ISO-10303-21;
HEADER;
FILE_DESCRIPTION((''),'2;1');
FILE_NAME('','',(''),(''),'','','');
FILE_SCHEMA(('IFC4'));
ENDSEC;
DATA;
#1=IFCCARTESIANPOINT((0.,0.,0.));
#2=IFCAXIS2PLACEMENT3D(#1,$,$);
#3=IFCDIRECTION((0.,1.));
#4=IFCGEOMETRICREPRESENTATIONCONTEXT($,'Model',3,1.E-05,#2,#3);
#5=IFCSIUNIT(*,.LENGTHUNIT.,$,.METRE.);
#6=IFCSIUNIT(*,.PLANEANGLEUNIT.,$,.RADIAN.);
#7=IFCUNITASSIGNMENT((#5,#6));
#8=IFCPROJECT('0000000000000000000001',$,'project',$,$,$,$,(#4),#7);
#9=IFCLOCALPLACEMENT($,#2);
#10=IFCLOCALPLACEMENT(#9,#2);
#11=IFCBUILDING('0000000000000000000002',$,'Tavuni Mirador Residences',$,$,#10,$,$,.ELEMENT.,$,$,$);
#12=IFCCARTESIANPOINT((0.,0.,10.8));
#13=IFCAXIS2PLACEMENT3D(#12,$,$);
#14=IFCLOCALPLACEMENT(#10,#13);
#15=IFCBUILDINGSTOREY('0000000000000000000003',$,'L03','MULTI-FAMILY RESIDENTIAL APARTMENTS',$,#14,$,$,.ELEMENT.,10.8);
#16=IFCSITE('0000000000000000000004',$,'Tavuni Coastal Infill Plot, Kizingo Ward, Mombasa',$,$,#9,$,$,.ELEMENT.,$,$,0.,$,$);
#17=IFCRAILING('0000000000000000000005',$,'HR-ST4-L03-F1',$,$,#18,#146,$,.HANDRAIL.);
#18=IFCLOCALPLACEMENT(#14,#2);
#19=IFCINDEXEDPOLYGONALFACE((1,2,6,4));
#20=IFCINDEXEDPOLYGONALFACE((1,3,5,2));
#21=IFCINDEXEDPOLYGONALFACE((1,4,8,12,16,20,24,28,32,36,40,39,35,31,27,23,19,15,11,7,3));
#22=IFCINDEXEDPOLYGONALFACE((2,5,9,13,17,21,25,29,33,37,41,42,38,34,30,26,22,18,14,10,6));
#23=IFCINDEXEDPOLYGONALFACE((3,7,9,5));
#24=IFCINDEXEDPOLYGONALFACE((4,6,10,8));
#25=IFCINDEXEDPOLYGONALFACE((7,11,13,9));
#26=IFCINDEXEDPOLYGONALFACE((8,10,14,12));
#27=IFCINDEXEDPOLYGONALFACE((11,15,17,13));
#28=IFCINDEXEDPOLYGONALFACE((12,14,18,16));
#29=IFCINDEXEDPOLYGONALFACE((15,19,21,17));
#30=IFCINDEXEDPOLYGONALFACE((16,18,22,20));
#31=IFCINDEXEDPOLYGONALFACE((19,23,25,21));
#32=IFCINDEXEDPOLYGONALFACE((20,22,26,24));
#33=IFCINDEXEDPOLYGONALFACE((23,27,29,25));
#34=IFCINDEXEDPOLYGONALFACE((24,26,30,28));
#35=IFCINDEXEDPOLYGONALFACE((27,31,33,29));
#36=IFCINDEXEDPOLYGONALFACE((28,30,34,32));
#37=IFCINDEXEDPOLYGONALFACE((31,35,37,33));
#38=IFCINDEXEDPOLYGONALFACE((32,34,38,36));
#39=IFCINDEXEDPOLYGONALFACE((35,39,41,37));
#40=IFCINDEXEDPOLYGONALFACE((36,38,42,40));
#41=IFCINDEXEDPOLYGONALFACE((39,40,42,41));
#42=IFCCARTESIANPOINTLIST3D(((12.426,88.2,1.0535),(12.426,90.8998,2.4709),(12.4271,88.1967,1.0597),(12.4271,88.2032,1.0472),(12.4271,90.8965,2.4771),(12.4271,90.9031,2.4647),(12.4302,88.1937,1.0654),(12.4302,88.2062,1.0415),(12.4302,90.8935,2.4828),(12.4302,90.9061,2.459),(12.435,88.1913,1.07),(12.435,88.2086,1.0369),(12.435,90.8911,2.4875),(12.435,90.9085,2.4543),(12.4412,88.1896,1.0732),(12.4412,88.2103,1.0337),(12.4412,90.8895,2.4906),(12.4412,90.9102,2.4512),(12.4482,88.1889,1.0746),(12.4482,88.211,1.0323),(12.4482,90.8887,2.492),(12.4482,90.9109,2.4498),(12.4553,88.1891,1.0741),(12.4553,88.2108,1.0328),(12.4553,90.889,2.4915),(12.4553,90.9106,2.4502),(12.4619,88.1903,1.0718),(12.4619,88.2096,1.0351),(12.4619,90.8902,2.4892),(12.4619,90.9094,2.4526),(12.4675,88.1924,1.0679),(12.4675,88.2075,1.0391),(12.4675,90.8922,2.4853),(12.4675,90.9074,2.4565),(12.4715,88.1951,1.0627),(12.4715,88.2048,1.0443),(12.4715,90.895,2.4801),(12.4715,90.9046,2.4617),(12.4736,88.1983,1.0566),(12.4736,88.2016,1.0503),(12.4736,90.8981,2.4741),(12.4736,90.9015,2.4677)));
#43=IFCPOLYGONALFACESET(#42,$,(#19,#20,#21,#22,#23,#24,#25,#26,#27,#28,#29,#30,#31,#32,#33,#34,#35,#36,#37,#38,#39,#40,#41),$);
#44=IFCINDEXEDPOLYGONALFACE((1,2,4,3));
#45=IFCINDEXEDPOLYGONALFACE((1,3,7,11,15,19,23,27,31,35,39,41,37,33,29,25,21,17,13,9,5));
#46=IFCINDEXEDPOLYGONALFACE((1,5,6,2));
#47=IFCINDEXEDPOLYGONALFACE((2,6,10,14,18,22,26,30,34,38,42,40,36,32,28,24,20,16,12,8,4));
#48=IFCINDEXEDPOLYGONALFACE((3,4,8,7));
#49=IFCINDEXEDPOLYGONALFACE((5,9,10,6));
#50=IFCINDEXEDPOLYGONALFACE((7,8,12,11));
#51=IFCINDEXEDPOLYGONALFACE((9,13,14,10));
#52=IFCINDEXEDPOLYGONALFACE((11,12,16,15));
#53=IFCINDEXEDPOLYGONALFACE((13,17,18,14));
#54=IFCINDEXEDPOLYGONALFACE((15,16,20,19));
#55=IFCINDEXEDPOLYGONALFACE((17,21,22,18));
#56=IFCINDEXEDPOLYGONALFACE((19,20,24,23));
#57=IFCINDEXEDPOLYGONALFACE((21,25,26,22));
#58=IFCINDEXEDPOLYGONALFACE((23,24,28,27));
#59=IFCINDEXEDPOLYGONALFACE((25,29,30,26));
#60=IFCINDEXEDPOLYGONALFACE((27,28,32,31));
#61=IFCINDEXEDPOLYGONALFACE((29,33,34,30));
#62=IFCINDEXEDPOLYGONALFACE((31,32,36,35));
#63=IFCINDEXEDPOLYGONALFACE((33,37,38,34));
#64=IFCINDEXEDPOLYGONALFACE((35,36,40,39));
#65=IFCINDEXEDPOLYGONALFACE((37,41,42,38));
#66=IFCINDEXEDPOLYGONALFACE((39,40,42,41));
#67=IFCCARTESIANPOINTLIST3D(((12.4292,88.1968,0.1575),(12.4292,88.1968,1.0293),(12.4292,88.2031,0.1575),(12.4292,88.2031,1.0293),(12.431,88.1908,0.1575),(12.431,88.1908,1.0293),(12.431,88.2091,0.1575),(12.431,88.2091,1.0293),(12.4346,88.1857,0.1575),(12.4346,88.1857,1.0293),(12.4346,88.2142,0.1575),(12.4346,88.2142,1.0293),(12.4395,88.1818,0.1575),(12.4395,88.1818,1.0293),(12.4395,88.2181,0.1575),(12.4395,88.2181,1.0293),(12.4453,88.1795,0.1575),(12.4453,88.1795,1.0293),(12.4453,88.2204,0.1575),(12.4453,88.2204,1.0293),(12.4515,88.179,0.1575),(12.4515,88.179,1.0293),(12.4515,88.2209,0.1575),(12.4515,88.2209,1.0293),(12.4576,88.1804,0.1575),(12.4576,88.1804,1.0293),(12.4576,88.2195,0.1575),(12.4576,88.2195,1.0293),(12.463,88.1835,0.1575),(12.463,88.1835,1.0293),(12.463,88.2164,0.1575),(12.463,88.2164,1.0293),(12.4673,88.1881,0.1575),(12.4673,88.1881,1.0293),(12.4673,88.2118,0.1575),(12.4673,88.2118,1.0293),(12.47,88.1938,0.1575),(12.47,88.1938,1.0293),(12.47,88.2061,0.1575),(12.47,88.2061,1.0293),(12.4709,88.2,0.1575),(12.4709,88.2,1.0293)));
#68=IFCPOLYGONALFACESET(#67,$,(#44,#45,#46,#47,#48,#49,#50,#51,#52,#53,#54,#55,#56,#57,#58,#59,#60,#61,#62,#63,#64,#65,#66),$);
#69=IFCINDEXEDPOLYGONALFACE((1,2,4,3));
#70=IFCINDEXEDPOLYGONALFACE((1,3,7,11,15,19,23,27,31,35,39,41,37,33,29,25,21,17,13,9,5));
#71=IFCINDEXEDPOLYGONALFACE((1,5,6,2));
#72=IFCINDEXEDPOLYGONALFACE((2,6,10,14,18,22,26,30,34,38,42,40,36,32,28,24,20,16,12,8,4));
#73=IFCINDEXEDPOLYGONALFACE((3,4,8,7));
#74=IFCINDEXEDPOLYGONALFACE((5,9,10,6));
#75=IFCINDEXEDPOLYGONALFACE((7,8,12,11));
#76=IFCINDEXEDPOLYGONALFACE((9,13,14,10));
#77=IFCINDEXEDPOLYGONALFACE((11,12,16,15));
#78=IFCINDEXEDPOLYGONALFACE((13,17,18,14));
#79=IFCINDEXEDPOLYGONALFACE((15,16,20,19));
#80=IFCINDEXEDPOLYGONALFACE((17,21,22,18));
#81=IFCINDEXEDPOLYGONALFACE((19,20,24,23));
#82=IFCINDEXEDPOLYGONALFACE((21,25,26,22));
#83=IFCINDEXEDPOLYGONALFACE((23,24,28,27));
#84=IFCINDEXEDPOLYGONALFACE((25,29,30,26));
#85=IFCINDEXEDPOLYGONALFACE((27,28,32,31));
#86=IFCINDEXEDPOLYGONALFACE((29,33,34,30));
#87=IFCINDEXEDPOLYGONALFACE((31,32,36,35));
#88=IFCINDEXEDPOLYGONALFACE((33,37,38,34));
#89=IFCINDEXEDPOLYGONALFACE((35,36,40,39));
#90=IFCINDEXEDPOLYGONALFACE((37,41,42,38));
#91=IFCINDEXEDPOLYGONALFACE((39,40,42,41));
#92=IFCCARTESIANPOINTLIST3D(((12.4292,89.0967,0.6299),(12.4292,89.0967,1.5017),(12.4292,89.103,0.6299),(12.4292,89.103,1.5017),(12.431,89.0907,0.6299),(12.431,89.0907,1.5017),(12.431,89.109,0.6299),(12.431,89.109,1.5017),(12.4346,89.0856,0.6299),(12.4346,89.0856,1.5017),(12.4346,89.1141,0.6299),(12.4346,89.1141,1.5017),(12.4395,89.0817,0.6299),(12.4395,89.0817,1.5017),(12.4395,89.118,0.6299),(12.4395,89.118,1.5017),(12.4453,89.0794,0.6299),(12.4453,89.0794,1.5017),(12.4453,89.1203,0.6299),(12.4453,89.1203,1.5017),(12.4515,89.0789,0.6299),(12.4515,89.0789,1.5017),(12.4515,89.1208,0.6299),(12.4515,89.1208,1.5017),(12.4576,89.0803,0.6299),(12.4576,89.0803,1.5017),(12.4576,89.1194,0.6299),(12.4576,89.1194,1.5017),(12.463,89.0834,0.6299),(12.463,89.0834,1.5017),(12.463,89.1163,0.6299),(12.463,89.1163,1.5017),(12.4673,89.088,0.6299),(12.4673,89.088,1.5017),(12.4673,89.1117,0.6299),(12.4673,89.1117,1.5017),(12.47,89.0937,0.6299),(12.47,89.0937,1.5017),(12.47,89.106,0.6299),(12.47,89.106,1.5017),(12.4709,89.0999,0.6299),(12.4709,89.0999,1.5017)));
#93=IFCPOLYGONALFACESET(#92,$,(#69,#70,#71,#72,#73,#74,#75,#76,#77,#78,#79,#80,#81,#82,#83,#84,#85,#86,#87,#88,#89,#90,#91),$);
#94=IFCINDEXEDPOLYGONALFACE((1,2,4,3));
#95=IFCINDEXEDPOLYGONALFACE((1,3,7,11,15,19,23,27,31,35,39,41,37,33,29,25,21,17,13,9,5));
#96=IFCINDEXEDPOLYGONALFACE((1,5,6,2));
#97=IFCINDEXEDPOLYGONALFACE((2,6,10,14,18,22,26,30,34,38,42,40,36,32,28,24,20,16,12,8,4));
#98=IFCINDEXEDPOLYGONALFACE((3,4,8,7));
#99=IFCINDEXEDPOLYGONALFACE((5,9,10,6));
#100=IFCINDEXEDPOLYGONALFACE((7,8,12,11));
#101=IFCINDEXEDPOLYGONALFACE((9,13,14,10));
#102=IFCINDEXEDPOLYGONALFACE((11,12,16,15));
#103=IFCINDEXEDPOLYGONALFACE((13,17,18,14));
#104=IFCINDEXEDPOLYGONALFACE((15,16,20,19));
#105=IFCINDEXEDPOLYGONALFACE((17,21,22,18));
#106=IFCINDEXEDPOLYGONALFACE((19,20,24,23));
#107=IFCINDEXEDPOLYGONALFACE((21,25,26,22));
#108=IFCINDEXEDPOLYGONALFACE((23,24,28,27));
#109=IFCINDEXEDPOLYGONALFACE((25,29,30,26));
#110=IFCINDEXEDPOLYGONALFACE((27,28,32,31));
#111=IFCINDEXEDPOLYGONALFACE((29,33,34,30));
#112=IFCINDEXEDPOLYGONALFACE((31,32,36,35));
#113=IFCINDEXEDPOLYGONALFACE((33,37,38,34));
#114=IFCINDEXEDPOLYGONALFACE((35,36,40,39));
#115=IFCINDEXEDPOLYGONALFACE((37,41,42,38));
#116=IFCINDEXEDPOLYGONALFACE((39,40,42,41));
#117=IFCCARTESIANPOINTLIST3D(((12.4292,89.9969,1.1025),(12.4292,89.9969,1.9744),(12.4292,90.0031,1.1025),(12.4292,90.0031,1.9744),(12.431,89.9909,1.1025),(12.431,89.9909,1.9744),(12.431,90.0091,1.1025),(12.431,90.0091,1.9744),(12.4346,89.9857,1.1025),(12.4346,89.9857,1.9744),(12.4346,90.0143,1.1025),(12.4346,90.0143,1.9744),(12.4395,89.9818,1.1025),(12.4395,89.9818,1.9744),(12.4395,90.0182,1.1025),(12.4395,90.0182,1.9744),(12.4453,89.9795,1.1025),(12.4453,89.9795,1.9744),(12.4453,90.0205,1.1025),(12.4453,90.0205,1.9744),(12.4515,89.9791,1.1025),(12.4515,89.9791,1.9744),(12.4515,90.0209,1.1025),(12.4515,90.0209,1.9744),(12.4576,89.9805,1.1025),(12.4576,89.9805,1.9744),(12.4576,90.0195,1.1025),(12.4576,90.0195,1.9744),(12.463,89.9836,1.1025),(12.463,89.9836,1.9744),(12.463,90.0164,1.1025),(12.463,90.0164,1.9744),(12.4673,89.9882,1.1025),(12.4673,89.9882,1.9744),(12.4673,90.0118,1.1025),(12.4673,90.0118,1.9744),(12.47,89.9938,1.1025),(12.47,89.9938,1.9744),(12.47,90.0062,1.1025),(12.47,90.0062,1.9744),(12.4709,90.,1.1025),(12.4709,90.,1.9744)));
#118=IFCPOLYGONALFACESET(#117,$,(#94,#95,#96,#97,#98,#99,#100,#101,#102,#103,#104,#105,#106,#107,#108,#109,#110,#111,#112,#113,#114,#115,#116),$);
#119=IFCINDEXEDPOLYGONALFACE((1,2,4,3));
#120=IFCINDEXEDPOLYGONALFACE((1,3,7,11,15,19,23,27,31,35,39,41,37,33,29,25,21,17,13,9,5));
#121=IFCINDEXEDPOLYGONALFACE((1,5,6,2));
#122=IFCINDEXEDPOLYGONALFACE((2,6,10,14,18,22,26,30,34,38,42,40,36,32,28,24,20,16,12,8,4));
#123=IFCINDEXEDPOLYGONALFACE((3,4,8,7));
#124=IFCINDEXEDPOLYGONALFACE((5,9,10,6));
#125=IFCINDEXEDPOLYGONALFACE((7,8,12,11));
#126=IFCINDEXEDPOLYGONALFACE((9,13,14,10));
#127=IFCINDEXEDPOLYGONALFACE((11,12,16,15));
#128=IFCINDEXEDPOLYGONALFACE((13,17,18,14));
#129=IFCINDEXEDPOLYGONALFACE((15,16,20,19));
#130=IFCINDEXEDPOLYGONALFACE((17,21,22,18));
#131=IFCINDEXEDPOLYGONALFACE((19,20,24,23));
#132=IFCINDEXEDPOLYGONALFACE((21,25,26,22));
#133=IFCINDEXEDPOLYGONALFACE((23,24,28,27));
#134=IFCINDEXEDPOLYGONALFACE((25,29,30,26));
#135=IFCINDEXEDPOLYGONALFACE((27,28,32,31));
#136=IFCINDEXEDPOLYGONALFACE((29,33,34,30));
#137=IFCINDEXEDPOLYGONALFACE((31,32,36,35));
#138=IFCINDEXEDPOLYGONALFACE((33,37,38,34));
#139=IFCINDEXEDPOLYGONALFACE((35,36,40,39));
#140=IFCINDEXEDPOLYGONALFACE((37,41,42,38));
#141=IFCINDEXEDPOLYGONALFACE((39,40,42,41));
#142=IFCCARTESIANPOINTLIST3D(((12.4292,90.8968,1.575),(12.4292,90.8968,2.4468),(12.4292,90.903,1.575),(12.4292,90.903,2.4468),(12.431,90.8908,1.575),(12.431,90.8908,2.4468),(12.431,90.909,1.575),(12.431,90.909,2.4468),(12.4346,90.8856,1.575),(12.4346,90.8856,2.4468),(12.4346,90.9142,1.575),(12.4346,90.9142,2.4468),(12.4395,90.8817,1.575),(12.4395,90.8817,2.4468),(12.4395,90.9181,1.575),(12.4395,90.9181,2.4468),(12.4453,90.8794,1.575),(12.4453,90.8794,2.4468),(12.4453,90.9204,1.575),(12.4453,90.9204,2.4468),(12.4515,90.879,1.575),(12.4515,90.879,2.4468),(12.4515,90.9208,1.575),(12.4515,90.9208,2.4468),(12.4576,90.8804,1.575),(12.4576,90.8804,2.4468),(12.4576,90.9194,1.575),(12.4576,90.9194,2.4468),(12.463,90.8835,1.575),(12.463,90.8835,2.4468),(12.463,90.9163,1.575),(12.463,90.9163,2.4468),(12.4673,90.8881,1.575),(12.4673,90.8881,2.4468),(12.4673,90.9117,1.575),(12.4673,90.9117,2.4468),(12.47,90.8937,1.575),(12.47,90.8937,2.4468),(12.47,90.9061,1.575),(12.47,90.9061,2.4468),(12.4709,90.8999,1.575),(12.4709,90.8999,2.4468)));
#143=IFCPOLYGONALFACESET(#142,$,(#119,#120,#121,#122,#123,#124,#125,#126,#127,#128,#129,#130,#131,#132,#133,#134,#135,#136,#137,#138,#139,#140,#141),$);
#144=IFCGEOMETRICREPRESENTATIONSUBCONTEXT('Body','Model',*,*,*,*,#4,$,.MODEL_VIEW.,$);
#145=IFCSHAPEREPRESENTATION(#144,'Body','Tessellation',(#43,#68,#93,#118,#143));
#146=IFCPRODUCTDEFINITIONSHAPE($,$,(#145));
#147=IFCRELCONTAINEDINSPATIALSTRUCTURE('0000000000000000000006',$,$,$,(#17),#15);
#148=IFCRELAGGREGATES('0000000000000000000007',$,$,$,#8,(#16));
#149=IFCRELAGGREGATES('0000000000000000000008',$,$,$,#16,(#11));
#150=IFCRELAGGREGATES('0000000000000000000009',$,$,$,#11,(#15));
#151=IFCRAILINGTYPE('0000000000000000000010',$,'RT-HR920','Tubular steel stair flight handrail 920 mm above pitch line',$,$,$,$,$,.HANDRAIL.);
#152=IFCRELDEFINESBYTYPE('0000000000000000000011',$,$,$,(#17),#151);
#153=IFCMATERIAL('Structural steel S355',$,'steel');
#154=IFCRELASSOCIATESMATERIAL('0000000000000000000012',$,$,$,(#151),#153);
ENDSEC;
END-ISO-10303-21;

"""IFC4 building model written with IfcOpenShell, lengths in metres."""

from ifc_helpers import new_model, si_unit, direction, frame, origin, origin_2d, place, context, subcontext, project, spatial, circle, extrude, material, type_object, element, save


model = new_model("IFC4")

# Units and contexts
model_context = context("Model", 3, precision=1e-05, world=origin(), true_north=direction((0.0, 1.0)))
body_context = subcontext(model_context, "Body", "Model", "MODEL_VIEW")
ifc_project = project(units=[si_unit("LENGTHUNIT", "METRE"), si_unit("PLANEANGLEUNIT", "RADIAN")], contexts=[model_context])

# Site, building, storey
site_placement = place(None, origin())
site = spatial("IfcSite", under=ifc_project, at=site_placement, Name="Tavuni Coastal Infill Plot, Kizingo Ward, Mombasa", CompositionType="ELEMENT", RefElevation=0.0)
building_placement = place(site_placement, origin())
building = spatial("IfcBuilding", under=site, at=building_placement, Name="Tavuni Mirador Residences", CompositionType="ELEMENT")
storey_placement = place(building_placement, frame((0.0, 0.0, 10.8)))
storey = spatial("IfcBuildingStorey", under=building, at=storey_placement, Name="L03", Description="MULTI-FAMILY RESIDENTIAL APARTMENTS", CompositionType="ELEMENT", Elevation=10.8)

# Shared definitions
ifc_material_1 = material(Name="Structural steel S355", Category="steel")

# Railing
railing_type_1 = type_object("IfcRailingType", Name="RT-HR920", Description="Tubular steel stair flight handrail 920 mm above pitch line", PredefinedType="HANDRAIL", material=ifc_material_1)
railing_1_placement = place(storey_placement, frame((12.45, 88.2, 0.1575)))
element("IfcRailing", 1, at=railing_1_placement, inside=storey, type_object=railing_type_1, Name="HR-ST4-L03-F1", PredefinedType="HANDRAIL", context=body_context, shape_type="SweptSolid", body=[
    extrude(circle(Radius=0.0239, at=origin_2d()), frame((0.0, 0.0, 0.896), z_axis=(0.0, 0.885397, 0.464835), x_axis=(-1.0, 0.0, 0.0)), (0.0, 0.0, 1.0), 3.0493),
    extrude(circle(Radius=0.021, at=origin_2d()), origin(), (0.0, 0.0, 1.0), 0.8718),
    extrude(circle(Radius=0.021, at=origin_2d()), frame((0.0, 0.8999, 0.4724)), (0.0, 0.0, 1.0), 0.8718),
    extrude(circle(Radius=0.021, at=origin_2d()), frame((0.0, 1.8, 0.9451)), (0.0, 0.0, 1.0), 0.8718),
    extrude(circle(Radius=0.021, at=origin_2d()), frame((0.0, 2.7, 1.4175)), (0.0, 0.0, 1.0), 0.8718),
])

save(model, "model.ifc")
